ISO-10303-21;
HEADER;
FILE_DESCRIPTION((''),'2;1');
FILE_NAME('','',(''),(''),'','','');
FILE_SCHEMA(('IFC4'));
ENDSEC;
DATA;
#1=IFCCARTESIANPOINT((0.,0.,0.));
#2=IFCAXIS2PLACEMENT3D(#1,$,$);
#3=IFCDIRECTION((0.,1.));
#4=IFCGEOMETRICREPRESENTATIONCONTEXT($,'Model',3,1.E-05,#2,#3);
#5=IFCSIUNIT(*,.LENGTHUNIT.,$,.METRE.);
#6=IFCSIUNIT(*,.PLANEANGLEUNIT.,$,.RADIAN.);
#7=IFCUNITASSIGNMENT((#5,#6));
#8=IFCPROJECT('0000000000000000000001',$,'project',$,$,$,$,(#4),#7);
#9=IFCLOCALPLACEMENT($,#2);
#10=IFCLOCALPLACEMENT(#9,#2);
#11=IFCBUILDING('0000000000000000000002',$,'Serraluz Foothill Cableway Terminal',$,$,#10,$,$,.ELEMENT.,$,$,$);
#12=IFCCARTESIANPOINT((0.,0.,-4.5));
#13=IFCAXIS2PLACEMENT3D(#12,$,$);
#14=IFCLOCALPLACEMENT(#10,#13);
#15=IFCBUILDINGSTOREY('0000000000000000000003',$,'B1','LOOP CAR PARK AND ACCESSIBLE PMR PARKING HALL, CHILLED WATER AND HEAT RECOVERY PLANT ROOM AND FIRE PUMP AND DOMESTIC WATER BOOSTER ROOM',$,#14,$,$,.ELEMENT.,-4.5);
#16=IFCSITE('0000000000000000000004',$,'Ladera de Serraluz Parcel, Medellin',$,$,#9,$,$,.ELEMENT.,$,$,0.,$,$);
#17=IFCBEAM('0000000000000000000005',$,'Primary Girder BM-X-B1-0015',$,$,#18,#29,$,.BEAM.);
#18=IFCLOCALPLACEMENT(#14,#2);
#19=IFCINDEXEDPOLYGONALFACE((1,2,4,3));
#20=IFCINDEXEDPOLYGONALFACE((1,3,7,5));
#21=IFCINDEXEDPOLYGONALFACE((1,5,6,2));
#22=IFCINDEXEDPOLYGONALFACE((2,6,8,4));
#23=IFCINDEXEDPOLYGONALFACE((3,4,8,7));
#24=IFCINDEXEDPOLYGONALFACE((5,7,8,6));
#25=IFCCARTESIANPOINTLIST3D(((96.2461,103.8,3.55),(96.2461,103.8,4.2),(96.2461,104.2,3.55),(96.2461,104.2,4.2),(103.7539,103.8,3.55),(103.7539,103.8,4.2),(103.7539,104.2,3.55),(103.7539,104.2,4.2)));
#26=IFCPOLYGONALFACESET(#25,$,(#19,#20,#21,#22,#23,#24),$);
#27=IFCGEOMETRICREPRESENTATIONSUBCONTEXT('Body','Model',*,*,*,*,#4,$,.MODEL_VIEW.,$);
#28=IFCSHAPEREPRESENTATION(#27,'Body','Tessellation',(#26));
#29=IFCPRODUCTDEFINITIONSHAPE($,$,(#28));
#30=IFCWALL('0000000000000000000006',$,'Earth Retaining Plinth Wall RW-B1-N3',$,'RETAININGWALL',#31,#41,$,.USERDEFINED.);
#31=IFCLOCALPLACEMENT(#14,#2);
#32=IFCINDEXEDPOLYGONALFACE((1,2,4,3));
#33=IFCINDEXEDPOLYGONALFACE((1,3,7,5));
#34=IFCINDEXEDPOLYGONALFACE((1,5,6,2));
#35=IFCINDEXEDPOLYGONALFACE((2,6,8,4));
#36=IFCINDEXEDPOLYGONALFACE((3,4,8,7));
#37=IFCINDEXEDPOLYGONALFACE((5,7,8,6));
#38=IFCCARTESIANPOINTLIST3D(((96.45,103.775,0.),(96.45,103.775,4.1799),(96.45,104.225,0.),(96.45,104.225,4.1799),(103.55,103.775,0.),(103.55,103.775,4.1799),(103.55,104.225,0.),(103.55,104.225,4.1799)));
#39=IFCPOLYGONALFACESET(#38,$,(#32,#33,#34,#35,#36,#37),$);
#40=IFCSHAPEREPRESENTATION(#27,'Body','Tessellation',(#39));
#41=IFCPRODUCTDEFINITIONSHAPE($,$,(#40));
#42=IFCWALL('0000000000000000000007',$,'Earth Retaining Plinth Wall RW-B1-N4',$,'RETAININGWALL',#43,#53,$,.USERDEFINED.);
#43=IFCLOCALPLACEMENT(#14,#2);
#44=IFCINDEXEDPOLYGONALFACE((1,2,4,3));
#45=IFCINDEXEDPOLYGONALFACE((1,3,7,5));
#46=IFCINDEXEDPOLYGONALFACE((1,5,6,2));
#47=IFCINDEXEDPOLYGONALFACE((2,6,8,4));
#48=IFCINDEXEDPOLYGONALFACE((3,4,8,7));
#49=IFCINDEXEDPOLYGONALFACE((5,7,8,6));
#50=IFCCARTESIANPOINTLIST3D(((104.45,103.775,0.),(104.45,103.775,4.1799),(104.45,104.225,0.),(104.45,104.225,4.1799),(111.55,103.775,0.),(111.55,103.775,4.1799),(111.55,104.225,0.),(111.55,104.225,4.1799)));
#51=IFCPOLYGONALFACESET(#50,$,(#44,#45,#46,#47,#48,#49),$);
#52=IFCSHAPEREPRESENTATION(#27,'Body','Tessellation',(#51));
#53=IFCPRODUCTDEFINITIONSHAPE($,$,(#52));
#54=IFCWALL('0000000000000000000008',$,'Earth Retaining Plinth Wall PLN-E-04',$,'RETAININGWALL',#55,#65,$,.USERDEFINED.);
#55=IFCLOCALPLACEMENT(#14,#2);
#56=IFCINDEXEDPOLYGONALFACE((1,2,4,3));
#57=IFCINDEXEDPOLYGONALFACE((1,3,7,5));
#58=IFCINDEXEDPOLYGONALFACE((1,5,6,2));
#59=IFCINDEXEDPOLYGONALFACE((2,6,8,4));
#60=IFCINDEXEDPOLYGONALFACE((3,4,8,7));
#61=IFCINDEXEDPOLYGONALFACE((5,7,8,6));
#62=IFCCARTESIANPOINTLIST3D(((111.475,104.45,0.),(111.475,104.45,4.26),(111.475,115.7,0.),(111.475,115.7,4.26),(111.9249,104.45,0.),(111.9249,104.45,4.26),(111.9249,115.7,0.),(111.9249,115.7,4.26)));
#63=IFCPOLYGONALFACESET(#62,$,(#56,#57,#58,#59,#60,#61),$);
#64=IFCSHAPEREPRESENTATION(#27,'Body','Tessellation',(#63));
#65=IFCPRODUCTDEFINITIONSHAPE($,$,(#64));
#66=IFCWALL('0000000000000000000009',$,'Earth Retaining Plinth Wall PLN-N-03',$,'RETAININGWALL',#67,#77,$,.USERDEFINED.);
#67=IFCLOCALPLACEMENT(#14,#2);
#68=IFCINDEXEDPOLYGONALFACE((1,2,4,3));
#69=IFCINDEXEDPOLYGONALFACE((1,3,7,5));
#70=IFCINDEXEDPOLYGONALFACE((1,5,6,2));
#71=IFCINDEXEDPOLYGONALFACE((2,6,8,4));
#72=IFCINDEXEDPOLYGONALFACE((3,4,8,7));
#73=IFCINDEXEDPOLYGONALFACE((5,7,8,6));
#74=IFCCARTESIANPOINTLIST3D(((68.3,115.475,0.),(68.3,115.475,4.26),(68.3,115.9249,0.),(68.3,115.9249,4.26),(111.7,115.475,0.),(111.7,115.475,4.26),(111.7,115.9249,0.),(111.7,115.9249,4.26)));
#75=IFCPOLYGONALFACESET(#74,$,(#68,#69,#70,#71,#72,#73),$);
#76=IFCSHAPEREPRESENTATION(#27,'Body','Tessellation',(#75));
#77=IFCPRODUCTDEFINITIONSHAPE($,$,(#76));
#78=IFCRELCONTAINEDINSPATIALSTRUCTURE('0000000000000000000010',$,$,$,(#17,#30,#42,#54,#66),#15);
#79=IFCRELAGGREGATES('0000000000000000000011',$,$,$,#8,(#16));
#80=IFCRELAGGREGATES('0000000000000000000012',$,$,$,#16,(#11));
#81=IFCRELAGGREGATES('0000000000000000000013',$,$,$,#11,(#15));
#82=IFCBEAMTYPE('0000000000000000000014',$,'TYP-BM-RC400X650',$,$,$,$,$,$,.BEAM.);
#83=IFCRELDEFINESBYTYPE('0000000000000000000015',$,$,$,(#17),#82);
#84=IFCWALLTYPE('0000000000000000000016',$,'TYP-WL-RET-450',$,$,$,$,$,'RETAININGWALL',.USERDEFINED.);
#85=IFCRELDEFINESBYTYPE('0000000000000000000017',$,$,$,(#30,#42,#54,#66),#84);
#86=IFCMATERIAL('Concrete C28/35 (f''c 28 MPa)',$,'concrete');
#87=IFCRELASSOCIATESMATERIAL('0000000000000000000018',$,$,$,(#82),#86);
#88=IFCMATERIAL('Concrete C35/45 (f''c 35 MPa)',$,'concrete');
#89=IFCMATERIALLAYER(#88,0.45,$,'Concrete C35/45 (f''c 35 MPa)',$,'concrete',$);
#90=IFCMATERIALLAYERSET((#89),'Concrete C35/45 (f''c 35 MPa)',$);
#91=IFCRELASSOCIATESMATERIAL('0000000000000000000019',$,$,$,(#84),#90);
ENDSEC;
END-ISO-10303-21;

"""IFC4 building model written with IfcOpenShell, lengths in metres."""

from ifc_helpers import new_model, si_unit, direction, frame, frame_2d, origin, origin_2d, place, context, subcontext, project, spatial, rectangle, extrude, material, layer, layer_set, material_profile, profile_set, type_object, element, save


model = new_model("IFC4")

# Units and contexts
model_context = context("Model", 3, precision=1e-05, world=origin(), true_north=direction((0.0, 1.0)))
body_context = subcontext(model_context, "Body", "Model", "MODEL_VIEW")
ifc_project = project(units=[si_unit("LENGTHUNIT", "METRE"), si_unit("PLANEANGLEUNIT", "RADIAN")], contexts=[model_context])

# Site, building, storey
site_placement = place(None, origin())
site = spatial("IfcSite", under=ifc_project, at=site_placement, Name="Ladera de Serraluz Parcel, Medellin", CompositionType="ELEMENT", RefElevation=0.0)
building_placement = place(site_placement, origin())
building = spatial("IfcBuilding", under=site, at=building_placement, Name="Serraluz Foothill Cableway Terminal", CompositionType="ELEMENT")
storey_placement = place(building_placement, frame((0.0, 0.0, -4.5)))
storey = spatial("IfcBuildingStorey", under=building, at=storey_placement, Name="B1", Description="LOOP CAR PARK AND ACCESSIBLE PMR PARKING HALL, CHILLED WATER AND HEAT RECOVERY PLANT ROOM AND FIRE PUMP AND DOMESTIC WATER BOOSTER ROOM", CompositionType="ELEMENT", Elevation=-4.5)

# Shared definitions
ifc_material_1 = material(Name="Concrete C35/45 (f'c 35 MPa)", Category="concrete")

# Shared definitions
ifc_material_2 = material(Name="Concrete C28/35 (f'c 28 MPa)", Category="concrete")

# Beam
ifc_material_profile_1 = material_profile(ifc_material_2, rectangle(XDim=0.3999, YDim=0.6499, at=origin_2d()), Name="RC 400x650")
ifc_profile_set_1 = profile_set([ifc_material_profile_1], Name="Concrete C28/35 (f'c 28 MPa)")
beam_type = type_object("IfcBeamType", Name="TYP-BM-RC400X650", PredefinedType="BEAM", material=ifc_profile_set_1)
beam_placement = place(storey_placement, frame((96.2461, 104.0, 3.875), z_axis=(1.0, 0.0, 0.0), x_axis=(0.0, 1.0, 0.0)))
element("IfcBeam", 1, at=beam_placement, inside=storey, type_object=beam_type, Name="Primary Girder BM-X-B1-0015", PredefinedType="BEAM", context=body_context, shape_type="SweptSolid", body=[
    extrude(rectangle(XDim=0.3999, YDim=0.6499, at=origin_2d()), origin(), (0.0, 0.0, 1.0), 7.5078),
])

# Walls
ifc_layer = layer(ifc_material_1, 0.45, Name="Concrete C35/45 (f'c 35 MPa)", Category="concrete")
ifc_layer_set = layer_set([ifc_layer], Name="Concrete C35/45 (f'c 35 MPa)")
wall_type = type_object("IfcWallType", Name="TYP-WL-RET-450", ElementType="RETAININGWALL", PredefinedType="USERDEFINED", material=ifc_layer_set)
for number, where, z_axis, x_axis, name in (
    (2, (96.45, 104.0, 0.0), (0.0, 0.0, 1.0), (1.0, 0.0, 0.0), "Earth Retaining Plinth Wall RW-B1-N3"),
    (3, (104.45, 104.0, 0.0), (0.0, 0.0, 1.0), (1.0, 0.0, 0.0), "Earth Retaining Plinth Wall RW-B1-N4"),
):
    element("IfcWall", number, at=place(storey_placement, frame(where, z_axis=z_axis, x_axis=x_axis)), inside=storey, type_object=wall_type, Name=name, ObjectType="RETAININGWALL", PredefinedType="USERDEFINED", context=body_context, shape_type="SweptSolid", body=[
        extrude(rectangle(XDim=7.1001, YDim=0.45, at=frame_2d((3.55, 0.0))), origin(), (0.0, 0.0, 1.0), 4.1799),
    ])
wall_1_placement = place(storey_placement, frame((111.7, 104.45, 0.0), z_axis=(0.0, 0.0, 1.0), x_axis=(0.0, 1.0, 0.0)))
element("IfcWall", 4, at=wall_1_placement, inside=storey, type_object=wall_type, Name="Earth Retaining Plinth Wall PLN-E-04", ObjectType="RETAININGWALL", PredefinedType="USERDEFINED", context=body_context, shape_type="SweptSolid", body=[
    extrude(rectangle(XDim=11.25, YDim=0.45, at=frame_2d((5.625, 0.0))), origin(), (0.0, 0.0, 1.0), 4.26),
])
wall_2_placement = place(storey_placement, frame((111.7, 115.7, 0.0), z_axis=(0.0, 0.0, 1.0), x_axis=(-1.0, 0.0, 0.0)))
element("IfcWall", 5, at=wall_2_placement, inside=storey, type_object=wall_type, Name="Earth Retaining Plinth Wall PLN-N-03", ObjectType="RETAININGWALL", PredefinedType="USERDEFINED", context=body_context, shape_type="SweptSolid", body=[
    extrude(rectangle(XDim=43.3999, YDim=0.45, at=frame_2d((21.7, 0.0))), origin(), (0.0, 0.0, 1.0), 4.26),
])

save(model, "model.ifc")
